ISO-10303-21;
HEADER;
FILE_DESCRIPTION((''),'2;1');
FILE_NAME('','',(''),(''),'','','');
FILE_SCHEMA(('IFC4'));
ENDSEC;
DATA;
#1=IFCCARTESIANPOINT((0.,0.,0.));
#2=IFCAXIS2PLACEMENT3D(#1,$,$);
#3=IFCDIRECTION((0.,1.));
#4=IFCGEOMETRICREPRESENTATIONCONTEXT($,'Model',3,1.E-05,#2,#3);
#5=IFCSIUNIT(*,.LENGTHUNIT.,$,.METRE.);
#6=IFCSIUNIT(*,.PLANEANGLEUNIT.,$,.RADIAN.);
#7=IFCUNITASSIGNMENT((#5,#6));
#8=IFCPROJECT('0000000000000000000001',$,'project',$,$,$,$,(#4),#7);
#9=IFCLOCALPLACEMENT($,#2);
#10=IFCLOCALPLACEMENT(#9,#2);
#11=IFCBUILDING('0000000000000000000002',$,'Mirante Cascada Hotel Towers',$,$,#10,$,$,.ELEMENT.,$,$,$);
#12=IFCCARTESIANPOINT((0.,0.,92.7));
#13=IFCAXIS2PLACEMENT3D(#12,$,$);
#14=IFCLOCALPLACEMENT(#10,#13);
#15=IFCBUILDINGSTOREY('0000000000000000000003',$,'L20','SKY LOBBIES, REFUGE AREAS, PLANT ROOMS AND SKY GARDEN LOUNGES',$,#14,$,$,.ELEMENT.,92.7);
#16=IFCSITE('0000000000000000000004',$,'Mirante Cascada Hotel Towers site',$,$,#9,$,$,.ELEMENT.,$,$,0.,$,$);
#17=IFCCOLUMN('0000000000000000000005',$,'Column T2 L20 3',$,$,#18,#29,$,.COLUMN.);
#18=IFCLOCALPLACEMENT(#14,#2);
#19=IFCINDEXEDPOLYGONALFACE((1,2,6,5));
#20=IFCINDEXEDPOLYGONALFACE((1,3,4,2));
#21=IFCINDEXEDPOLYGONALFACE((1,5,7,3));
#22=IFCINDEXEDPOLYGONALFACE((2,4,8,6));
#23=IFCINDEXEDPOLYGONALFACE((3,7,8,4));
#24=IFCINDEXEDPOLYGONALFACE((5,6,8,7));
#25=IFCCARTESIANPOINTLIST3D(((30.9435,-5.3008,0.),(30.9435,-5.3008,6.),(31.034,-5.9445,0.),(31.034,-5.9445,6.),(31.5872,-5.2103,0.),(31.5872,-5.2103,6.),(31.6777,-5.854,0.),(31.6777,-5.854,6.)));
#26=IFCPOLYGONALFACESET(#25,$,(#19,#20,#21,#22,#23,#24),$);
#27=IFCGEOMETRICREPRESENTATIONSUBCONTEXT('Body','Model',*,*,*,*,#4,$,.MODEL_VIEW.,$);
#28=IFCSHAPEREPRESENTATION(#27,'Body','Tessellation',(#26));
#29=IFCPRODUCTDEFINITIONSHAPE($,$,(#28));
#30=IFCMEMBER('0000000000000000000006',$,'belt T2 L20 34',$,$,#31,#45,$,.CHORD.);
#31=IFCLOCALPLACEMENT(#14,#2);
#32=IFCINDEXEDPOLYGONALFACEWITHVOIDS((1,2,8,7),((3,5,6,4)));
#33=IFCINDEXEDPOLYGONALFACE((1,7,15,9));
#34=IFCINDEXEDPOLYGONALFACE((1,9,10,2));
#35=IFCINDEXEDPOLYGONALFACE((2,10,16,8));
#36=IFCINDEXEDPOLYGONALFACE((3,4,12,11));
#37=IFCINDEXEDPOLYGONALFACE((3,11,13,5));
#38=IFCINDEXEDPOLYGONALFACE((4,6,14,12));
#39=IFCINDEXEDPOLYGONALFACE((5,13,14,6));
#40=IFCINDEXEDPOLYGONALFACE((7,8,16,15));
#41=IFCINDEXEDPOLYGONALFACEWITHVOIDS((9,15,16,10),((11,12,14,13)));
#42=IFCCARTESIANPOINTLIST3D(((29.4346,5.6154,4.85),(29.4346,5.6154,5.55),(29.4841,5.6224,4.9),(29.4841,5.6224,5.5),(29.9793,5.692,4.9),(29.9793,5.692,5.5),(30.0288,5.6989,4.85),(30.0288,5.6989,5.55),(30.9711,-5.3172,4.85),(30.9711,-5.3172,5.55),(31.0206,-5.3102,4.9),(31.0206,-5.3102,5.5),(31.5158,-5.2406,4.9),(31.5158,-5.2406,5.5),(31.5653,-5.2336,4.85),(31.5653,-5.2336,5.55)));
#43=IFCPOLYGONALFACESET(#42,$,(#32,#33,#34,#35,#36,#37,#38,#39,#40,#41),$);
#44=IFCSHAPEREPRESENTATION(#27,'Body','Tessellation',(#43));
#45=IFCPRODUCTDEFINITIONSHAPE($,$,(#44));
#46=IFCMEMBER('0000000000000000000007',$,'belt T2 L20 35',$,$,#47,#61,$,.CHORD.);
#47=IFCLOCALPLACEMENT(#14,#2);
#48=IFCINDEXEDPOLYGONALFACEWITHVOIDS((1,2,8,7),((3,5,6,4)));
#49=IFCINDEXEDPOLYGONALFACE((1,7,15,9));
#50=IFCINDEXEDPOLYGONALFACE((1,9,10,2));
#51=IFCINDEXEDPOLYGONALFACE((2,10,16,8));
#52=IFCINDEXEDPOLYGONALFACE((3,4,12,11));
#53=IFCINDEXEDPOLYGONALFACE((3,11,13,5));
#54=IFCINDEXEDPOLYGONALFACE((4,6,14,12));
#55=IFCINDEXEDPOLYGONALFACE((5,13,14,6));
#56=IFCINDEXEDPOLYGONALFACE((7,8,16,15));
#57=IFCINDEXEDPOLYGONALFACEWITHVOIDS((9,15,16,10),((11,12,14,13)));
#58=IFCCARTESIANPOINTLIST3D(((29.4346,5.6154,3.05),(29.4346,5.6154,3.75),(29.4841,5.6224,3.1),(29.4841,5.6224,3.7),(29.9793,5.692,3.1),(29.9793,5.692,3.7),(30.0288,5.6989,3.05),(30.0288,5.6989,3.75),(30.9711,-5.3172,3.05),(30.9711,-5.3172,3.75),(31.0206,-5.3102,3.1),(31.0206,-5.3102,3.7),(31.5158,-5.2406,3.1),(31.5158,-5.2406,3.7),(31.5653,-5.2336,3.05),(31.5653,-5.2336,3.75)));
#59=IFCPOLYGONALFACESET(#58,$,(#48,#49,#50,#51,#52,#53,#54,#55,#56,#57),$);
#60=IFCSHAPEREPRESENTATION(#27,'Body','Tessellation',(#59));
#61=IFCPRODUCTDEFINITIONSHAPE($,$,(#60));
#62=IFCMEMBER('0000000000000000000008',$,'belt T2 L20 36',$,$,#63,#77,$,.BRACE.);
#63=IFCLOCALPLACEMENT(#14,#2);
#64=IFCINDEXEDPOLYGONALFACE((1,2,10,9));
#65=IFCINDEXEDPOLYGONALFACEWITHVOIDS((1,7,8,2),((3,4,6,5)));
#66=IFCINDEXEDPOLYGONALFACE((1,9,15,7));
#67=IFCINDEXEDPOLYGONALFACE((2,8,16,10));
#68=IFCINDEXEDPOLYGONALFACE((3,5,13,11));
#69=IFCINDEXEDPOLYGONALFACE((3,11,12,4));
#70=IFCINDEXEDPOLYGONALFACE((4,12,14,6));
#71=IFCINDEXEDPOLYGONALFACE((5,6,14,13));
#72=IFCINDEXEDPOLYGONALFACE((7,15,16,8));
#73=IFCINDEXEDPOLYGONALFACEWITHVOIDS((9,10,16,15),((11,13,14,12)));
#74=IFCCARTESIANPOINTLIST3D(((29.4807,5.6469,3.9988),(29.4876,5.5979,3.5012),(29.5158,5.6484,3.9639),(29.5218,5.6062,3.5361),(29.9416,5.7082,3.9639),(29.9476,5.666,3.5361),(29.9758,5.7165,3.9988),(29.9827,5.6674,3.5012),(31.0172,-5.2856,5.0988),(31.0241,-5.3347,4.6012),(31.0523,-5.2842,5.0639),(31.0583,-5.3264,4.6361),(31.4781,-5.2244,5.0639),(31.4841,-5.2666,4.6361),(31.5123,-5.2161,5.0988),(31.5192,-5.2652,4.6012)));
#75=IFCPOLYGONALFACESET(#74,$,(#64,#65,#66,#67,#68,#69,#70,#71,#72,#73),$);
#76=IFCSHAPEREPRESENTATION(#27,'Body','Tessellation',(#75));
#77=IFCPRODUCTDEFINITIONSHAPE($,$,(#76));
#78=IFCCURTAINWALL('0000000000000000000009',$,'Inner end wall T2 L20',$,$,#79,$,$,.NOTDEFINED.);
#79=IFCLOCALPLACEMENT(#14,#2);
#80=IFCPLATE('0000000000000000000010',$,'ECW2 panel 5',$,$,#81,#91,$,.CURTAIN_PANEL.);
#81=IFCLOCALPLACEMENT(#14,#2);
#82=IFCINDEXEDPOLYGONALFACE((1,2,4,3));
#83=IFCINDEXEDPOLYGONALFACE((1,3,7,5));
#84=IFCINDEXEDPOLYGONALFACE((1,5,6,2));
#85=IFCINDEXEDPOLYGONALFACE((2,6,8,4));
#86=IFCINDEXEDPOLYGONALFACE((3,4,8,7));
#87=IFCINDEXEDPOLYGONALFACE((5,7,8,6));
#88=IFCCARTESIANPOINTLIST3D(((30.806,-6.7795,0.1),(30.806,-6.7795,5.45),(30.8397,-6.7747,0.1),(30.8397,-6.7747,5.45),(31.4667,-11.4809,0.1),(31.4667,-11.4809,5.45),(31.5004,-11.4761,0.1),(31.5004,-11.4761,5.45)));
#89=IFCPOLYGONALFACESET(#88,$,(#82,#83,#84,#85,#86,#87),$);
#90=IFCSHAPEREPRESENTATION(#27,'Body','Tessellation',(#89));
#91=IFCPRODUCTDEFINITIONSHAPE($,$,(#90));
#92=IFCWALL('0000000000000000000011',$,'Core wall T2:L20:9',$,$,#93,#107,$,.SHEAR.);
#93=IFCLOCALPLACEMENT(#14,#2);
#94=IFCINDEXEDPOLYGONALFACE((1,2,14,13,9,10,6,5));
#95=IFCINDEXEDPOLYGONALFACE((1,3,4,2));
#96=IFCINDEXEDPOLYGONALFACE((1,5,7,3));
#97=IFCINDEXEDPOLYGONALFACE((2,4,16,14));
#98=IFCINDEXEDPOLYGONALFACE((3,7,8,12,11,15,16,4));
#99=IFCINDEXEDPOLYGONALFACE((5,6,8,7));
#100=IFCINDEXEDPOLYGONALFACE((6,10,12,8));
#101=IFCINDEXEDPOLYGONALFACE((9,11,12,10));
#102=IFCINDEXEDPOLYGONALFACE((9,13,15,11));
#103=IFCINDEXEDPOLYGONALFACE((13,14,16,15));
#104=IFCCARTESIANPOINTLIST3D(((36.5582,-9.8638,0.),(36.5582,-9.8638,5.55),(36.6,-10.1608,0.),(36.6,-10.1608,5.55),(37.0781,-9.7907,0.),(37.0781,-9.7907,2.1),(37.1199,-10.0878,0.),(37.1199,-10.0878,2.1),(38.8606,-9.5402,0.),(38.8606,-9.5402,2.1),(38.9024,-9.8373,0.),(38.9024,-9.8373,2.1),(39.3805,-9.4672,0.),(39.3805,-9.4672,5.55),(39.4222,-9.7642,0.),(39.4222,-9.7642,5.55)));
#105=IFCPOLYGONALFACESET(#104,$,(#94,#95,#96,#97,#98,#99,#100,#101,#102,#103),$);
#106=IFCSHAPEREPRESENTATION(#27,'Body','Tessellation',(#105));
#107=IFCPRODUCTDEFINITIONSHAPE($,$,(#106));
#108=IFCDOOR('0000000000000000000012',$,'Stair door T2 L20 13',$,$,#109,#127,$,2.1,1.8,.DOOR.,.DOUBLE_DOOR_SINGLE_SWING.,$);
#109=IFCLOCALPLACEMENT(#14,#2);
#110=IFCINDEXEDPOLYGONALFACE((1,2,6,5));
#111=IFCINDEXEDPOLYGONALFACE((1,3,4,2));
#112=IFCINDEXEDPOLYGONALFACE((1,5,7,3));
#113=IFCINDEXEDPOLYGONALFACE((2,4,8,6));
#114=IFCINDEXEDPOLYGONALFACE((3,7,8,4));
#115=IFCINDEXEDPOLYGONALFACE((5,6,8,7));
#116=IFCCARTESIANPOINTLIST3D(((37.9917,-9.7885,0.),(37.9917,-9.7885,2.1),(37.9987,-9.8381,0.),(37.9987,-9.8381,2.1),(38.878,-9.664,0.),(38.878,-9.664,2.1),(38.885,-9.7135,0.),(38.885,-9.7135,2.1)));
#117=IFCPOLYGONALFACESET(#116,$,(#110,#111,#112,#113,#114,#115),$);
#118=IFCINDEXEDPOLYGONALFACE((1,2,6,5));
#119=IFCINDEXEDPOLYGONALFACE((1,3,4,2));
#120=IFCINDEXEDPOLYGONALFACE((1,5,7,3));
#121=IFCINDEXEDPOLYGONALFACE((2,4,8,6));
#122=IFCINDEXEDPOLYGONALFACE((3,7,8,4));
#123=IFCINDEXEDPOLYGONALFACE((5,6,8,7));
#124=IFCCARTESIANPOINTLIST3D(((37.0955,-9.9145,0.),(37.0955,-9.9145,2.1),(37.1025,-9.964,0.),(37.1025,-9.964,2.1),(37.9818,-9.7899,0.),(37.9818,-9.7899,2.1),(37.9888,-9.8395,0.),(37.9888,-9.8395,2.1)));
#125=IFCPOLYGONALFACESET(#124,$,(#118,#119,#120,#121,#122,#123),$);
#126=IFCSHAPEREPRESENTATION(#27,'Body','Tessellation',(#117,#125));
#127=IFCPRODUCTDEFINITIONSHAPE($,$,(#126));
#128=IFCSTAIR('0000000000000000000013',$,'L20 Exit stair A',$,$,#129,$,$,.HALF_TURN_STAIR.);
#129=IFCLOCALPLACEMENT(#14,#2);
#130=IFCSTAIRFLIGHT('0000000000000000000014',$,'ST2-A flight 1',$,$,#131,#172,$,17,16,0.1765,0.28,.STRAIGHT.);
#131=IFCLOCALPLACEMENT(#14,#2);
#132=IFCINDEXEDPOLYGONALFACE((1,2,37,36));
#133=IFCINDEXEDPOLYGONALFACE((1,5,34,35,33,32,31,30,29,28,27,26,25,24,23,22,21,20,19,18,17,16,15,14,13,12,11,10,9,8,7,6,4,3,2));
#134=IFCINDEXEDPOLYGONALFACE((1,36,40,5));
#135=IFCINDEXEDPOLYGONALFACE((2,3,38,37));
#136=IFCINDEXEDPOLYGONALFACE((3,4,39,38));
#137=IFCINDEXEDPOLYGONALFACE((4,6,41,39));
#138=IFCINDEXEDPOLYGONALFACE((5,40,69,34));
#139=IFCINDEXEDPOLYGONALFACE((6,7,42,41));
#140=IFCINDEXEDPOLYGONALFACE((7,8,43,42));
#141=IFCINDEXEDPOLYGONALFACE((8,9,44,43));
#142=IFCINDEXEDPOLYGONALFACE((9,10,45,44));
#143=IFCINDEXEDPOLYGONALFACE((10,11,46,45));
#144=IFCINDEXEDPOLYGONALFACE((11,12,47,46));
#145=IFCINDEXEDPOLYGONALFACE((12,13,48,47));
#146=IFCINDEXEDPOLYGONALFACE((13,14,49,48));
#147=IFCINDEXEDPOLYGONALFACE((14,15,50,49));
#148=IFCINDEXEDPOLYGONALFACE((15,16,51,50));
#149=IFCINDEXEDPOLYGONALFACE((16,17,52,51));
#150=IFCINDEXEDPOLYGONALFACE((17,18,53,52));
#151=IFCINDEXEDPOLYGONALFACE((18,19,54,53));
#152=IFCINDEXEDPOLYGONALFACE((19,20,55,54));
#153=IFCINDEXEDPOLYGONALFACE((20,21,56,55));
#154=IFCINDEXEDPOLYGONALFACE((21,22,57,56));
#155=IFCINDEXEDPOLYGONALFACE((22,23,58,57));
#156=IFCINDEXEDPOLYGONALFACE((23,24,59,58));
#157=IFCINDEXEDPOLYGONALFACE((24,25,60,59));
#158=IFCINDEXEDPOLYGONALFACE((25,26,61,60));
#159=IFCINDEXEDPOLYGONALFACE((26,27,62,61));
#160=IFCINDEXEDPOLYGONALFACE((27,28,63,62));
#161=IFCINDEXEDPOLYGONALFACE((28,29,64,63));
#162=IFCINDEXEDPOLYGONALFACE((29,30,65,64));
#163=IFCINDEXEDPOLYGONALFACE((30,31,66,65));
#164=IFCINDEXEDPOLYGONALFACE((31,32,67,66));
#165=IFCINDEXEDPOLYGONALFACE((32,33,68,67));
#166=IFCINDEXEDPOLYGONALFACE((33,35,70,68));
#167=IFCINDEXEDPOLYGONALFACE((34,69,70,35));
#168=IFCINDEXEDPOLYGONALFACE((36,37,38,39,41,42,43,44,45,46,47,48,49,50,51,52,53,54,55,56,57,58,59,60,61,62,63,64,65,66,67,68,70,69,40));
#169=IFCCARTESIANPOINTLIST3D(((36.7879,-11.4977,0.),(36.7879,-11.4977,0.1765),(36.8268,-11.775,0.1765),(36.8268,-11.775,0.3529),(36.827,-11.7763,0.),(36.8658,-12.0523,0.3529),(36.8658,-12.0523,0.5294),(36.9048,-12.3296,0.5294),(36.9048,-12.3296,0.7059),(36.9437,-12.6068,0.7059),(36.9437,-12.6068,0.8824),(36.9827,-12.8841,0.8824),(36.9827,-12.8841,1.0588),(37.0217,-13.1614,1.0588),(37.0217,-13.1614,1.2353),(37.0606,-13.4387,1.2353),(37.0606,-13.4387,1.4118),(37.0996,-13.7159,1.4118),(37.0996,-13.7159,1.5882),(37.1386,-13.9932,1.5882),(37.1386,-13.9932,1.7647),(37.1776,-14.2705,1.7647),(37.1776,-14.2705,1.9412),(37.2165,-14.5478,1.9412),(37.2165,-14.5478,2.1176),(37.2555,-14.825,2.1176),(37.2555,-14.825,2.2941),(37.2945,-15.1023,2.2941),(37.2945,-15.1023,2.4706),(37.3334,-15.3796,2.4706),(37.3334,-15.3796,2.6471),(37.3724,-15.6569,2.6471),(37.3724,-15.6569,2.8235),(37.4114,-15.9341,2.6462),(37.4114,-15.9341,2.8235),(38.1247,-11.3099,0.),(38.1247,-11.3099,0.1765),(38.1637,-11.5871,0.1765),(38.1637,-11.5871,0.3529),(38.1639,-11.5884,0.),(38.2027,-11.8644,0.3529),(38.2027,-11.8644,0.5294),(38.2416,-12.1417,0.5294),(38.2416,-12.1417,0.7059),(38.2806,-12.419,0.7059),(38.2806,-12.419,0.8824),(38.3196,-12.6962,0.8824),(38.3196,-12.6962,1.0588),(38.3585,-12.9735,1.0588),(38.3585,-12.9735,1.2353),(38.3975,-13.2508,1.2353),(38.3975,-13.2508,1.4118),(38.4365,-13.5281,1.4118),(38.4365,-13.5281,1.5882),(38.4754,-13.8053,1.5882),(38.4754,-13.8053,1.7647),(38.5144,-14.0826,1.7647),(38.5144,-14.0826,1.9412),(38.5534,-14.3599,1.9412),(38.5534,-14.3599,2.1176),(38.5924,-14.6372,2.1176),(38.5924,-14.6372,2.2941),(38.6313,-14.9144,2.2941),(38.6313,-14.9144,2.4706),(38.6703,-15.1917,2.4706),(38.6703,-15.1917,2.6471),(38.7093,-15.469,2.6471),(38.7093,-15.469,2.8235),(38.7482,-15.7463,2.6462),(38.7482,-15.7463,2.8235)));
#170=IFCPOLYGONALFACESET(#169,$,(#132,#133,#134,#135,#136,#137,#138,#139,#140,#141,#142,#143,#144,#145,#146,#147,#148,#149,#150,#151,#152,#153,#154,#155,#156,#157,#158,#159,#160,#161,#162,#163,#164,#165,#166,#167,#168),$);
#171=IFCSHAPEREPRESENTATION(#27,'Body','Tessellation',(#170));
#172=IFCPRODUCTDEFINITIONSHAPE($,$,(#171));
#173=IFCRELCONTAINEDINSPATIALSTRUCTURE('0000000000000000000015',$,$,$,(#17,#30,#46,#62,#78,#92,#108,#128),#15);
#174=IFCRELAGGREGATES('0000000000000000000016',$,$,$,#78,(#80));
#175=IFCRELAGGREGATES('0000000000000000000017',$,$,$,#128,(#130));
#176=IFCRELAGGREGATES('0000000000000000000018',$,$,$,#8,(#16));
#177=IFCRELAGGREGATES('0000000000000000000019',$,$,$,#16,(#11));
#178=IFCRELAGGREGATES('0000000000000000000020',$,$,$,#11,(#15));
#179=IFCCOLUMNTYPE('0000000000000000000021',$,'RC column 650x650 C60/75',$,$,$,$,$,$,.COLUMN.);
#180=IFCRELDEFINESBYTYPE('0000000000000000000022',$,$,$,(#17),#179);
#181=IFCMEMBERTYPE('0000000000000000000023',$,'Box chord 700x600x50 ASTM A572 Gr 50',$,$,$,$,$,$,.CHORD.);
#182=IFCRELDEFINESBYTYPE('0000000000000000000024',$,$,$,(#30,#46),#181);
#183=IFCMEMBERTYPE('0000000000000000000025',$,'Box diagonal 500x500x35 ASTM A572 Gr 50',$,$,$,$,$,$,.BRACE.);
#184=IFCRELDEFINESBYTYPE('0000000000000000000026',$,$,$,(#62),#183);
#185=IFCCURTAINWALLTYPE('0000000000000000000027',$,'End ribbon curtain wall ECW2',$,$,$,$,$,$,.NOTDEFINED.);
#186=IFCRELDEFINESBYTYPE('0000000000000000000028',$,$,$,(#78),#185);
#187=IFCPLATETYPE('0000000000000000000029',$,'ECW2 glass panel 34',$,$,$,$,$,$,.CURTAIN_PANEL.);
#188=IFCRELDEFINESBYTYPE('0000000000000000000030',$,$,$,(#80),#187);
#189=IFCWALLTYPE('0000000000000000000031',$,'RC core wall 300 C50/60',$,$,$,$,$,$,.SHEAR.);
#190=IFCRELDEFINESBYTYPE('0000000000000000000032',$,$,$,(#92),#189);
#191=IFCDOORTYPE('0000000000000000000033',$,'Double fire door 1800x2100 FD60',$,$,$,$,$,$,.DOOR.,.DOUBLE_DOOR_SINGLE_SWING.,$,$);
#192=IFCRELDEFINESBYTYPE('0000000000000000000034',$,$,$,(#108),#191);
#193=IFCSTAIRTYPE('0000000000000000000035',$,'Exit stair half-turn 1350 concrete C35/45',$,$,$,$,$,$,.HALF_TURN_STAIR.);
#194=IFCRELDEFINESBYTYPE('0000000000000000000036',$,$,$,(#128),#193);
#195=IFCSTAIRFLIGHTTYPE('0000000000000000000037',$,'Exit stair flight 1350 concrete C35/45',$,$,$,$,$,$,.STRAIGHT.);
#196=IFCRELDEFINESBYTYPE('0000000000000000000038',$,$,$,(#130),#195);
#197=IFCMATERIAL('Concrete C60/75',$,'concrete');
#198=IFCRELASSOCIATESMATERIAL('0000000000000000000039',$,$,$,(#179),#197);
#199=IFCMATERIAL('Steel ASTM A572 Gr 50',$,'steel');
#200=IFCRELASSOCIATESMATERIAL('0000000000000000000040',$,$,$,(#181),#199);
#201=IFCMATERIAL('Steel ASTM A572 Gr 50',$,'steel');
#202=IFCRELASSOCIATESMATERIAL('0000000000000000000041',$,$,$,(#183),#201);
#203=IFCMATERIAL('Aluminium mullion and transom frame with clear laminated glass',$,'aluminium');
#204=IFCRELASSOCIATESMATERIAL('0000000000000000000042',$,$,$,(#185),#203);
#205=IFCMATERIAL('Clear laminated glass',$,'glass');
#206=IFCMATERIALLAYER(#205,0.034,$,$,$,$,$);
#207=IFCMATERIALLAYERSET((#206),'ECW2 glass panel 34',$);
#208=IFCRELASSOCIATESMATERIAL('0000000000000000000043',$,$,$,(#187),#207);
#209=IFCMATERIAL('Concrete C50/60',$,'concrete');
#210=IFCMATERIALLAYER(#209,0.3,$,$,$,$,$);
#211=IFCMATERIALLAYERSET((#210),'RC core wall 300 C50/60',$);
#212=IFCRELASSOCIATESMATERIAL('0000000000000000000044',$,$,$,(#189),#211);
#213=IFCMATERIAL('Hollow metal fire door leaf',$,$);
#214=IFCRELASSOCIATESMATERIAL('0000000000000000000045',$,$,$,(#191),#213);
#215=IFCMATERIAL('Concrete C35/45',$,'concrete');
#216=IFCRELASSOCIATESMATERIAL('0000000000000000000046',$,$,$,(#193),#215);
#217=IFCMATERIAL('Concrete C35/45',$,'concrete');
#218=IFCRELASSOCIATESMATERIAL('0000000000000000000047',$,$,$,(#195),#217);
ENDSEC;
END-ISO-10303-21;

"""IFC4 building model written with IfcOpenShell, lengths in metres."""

from ifc_helpers import new_model, si_unit, direction, frame, frame_2d, origin, origin_2d, place, context, subcontext, project, spatial, polyline, rectangle, hollow_rectangle, outline, extrude, material, layer, layer_set, material_profile, profile_set, type_object, element, fill, aggregate, save


model = new_model("IFC4")

# Units and contexts
model_context = context("Model", 3, precision=1e-05, world=origin(), true_north=direction((0.0, 1.0)))
body_context = subcontext(model_context, "Body", "Model", "MODEL_VIEW")
ifc_project = project(units=[si_unit("LENGTHUNIT", "METRE"), si_unit("PLANEANGLEUNIT", "RADIAN")], contexts=[model_context])

# Site, building, storey
site_placement = place(None, origin())
site = spatial("IfcSite", under=ifc_project, at=site_placement, Name="Mirante Cascada Hotel Towers site", CompositionType="ELEMENT", RefElevation=0.0)
building_placement = place(site_placement, origin())
building = spatial("IfcBuilding", under=site, at=building_placement, Name="Mirante Cascada Hotel Towers", CompositionType="ELEMENT")
storey_placement = place(building_placement, frame((0.0, 0.0, 92.7)))
storey = spatial("IfcBuildingStorey", under=building, at=storey_placement, Name="L20", Description="SKY LOBBIES, REFUGE AREAS, PLANT ROOMS AND SKY GARDEN LOUNGES", CompositionType="ELEMENT", Elevation=92.7)

# Column
ifc_material_1 = material(Name="Concrete C60/75", Category="concrete")
ifc_material_profile_1 = material_profile(ifc_material_1, rectangle(XDim=0.65, YDim=0.65, at=origin_2d()), Name="RC column 650x650 C60/75")
ifc_profile_set_1 = profile_set([ifc_material_profile_1], Name="Concrete C60/75")
column_type = type_object("IfcColumnType", Name="RC column 650x650 C60/75", PredefinedType="COLUMN", material=ifc_profile_set_1)
column_placement = place(storey_placement, frame((31.3106, -5.5774, 0.0), z_axis=(0.0, 0.0, 1.0), x_axis=(0.990268, 0.139173, 0.0)))
element("IfcColumn", 1, at=column_placement, inside=storey, type_object=column_type, Name="Column T2 L20 3", PredefinedType="COLUMN", context=body_context, shape_type="SweptSolid", body=[
    extrude(rectangle(XDim=0.65, YDim=0.65, at=origin_2d()), origin(), (0.0, 0.0, 1.0), 6.0),
])

# Members
ifc_material_2 = material(Name="Steel ASTM A572 Gr 50", Category="steel")
ifc_material_profile_2 = material_profile(ifc_material_2, hollow_rectangle(XDim=0.6, YDim=0.7, WallThickness=0.05, at=origin_2d()), Name="Box chord 700x600x50 ASTM A572 Gr 50")
ifc_profile_set_2 = profile_set([ifc_material_profile_2], Name="Steel ASTM A572 Gr 50")
member_type_1 = type_object("IfcMemberType", Name="Box chord 700x600x50 ASTM A572 Gr 50", PredefinedType="CHORD", material=ifc_profile_set_2)
for number, where, z_axis, x_axis, name in (
    (2, (31.2682, -5.2754, 5.2), (-0.139175, 0.990268, 0.0), (-0.990268, -0.139175, 0.0), "belt T2 L20 34"),
    (3, (31.2682, -5.2754, 3.4), (-0.139175, 0.990268, 0.0), (-0.990268, -0.139175, 0.0), "belt T2 L20 35"),
):
    element("IfcMember", number, at=place(storey_placement, frame(where, z_axis=z_axis, x_axis=x_axis)), inside=storey, type_object=member_type_1, Name=name, PredefinedType="CHORD", context=body_context, shape_type="SweptSolid", body=[
        extrude(hollow_rectangle(XDim=0.6, YDim=0.7, WallThickness=0.05, at=origin_2d()), origin(), (0.0, 0.0, 1.0), 11.04),
    ])
ifc_material_3 = material(Name="Steel ASTM A572 Gr 50", Category="steel")
ifc_material_profile_3 = material_profile(ifc_material_3, hollow_rectangle(XDim=0.5, YDim=0.5, WallThickness=0.035, at=origin_2d()), Name="Box diagonal 500x500x35 ASTM A572 Gr 50")
ifc_profile_set_3 = profile_set([ifc_material_profile_3], Name="Steel ASTM A572 Gr 50")
member_type_2 = type_object("IfcMemberType", Name="Box diagonal 500x500x35 ASTM A572 Gr 50", PredefinedType="BRACE", material=ifc_profile_set_3)
member_placement = place(storey_placement, frame((31.2682, -5.2754, 4.85), z_axis=(-0.138489, 0.985389, -0.099146), x_axis=(-0.990268, -0.139175, 0.0)))
element("IfcMember", 4, at=member_placement, inside=storey, type_object=member_type_2, Name="belt T2 L20 36", PredefinedType="BRACE", context=body_context, shape_type="SweptSolid", body=[
    extrude(hollow_rectangle(XDim=0.5, YDim=0.5, WallThickness=0.035, at=origin_2d()), origin(), (0.0, 0.0, 1.0), 11.0947),
])

# Curtain wall, plate
ifc_material_4 = material(Name="Aluminium mullion and transom frame with clear laminated glass", Category="aluminium")
curtain_wall_type = type_object("IfcCurtainWallType", Name="End ribbon curtain wall ECW2", PredefinedType="NOTDEFINED", material=ifc_material_4)
curtain_wall_placement = place(storey_placement, origin())
curtain_wall = element("IfcCurtainWall", 5, at=curtain_wall_placement, inside=storey, type_object=curtain_wall_type, Name="Inner end wall T2 L20", PredefinedType="NOTDEFINED")
ifc_material_5 = material(Name="Clear laminated glass", Category="glass")
ifc_layer_1 = layer(ifc_material_5, 0.034)
ifc_layer_set_1 = layer_set([ifc_layer_1], Name="ECW2 glass panel 34")
plate_type = type_object("IfcPlateType", Name="ECW2 glass panel 34", PredefinedType="CURTAIN_PANEL", material=ifc_layer_set_1)
plate_placement = place(storey_placement, frame((31.1532, -9.1278, 0.1), z_axis=(0.0, 0.0, 1.0), x_axis=(0.139173, -0.990268, 0.0)))
plate = element("IfcPlate", 6, at=plate_placement, type_object=plate_type, Name="ECW2 panel 5", PredefinedType="CURTAIN_PANEL", context=body_context, shape_type="SweptSolid", body=[
    extrude(rectangle(XDim=4.7476, YDim=0.034, at=origin_2d()), origin(), (0.0, 0.0, 1.0), 5.35),
])
aggregate(curtain_wall, [plate])

# Wall, opening, door
ifc_material_6 = material(Name="Concrete C50/60", Category="concrete")
ifc_layer_2 = layer(ifc_material_6, 0.3)
ifc_layer_set_2 = layer_set([ifc_layer_2], Name="RC core wall 300 C50/60")
wall_type_1 = type_object("IfcWallType", Name="RC core wall 300 C50/60", PredefinedType="SHEAR", material=ifc_layer_set_2)
wall_1_placement = place(storey_placement, frame((36.5791, -10.0123, 0.0), z_axis=(0.0, 0.0, 1.0), x_axis=(0.99027, 0.139156, 0.0)))
wall_1 = element("IfcWall", 7, at=wall_1_placement, inside=storey, type_object=wall_type_1, Name="Core wall T2:L20:9", PredefinedType="SHEAR", context=body_context, shape_type="SweptSolid", body=[
    extrude(rectangle(XDim=2.85, YDim=0.3, at=frame_2d((1.425, 0.0))), origin(), (0.0, 0.0, 1.0), 5.55),
])
opening_1_placement = place(wall_1_placement, frame((0.525, 0.0, 0.0)))
opening_1 = element("IfcOpeningElement", 8, at=opening_1_placement, cuts=wall_1, PredefinedType="OPENING", context=body_context, shape_type="SweptSolid", body=[
    extrude(rectangle(XDim=1.8, YDim=2.1, at=frame_2d((0.9, 1.05))), frame((0.0, 0.15, 0.0), z_axis=(0.0, -1.0, 0.0), x_axis=(1.0, 0.0, 0.0)), (0.0, 0.0, 1.0), 0.3),
])
ifc_material_7 = material(Name="Hollow metal fire door leaf")
door_type_1 = type_object("IfcDoorType", Name="Double fire door 1800x2100 FD60", OperationType="DOUBLE_DOOR_SINGLE_SWING", PredefinedType="DOOR", material=ifc_material_7)
door_1_placement = place(opening_1_placement, frame((1.8, 0.0, 0.0), z_axis=(0.0, 0.0, 1.0), x_axis=(-1.0, 0.0, 0.0)))
door_1 = element("IfcDoor", 9, at=door_1_placement, inside=storey, type_object=door_type_1, Name="Stair door T2 L20 13", OperationType="DOUBLE_DOOR_SINGLE_SWING", OverallHeight=2.1, OverallWidth=1.8, PredefinedType="DOOR", context=body_context, shape_type="SweptSolid", body=[
    extrude(rectangle(XDim=0.895, YDim=2.1, at=frame_2d((0.4475, 1.05))), frame((0.0, 0.025, 0.0), z_axis=(0.0, -1.0, 0.0), x_axis=(1.0, 0.0, 0.0)), (0.0, 0.0, 1.0), 0.05),
    extrude(rectangle(XDim=0.895, YDim=2.1, at=frame_2d((1.3525, 1.05))), frame((0.0, 0.025, 0.0), z_axis=(0.0, -1.0, 0.0), x_axis=(1.0, 0.0, 0.0)), (0.0, 0.0, 1.0), 0.05),
])
fill(opening_1, door_1)

# Stair, stair flight
ifc_material_8 = material(Name="Concrete C35/45", Category="concrete")
stair_type = type_object("IfcStairType", Name="Exit stair half-turn 1350 concrete C35/45", PredefinedType="HALF_TURN_STAIR", material=ifc_material_8)
stair_placement = place(storey_placement, origin())
stair = element("IfcStair", 10, at=stair_placement, inside=storey, type_object=stair_type, Name="L20 Exit stair A", PredefinedType="HALF_TURN_STAIR")
ifc_material_9 = material(Name="Concrete C35/45", Category="concrete")
stair_flight_type = type_object("IfcStairFlightType", Name="Exit stair flight 1350 concrete C35/45", PredefinedType="STRAIGHT", material=ifc_material_9)
stair_flight_placement = place(storey_placement, frame((37.4563, -11.4038, 0.0), z_axis=(0.0, 0.0, 1.0), x_axis=(0.139173, -0.990268, 0.0)))
stair_flight = element("IfcStairFlight", 11, at=stair_flight_placement, type_object=stair_flight_type, Name="ST2-A flight 1", NumberOfRisers=17, NumberOfTreads=16, PredefinedType="STRAIGHT", RiserHeight=0.1765, TreadLength=0.28, context=body_context, shape_type="SweptSolid", body=[
    extrude(outline(polyline([(0.0, 0.0), (0.0, 0.1765), (0.28, 0.1765), (0.28, 0.3529), (0.56, 0.3529), (0.56, 0.5294), (0.84, 0.5294), (0.84, 0.7059), (1.12, 0.7059), (1.12, 0.8824), (1.4, 0.8824), (1.4, 1.0588), (1.68, 1.0588), (1.68, 1.2353), (1.96, 1.2353), (1.96, 1.4118), (2.24, 1.4118), (2.24, 1.5882), (2.52, 1.5882), (2.52, 1.7647), (2.8, 1.7647), (2.8, 1.9412), (3.08, 1.9412), (3.08, 2.1176), (3.36, 2.1176), (3.36, 2.2941), (3.64, 2.2941), (3.64, 2.4706), (3.92, 2.4706), (3.92, 2.6471), (4.2, 2.6471), (4.2, 2.8235), (4.48, 2.8235), (4.48, 3.0), (4.48, 2.6462), (0.2813, 0.0), (0.0, 0.0)])), frame((0.0, 0.675, 0.0), z_axis=(0.0, -1.0, 0.0), x_axis=(1.0, 0.0, 0.0)), (0.0, 0.0, 1.0), 1.35),
])
aggregate(stair, [stair_flight])

save(model, "model.ifc")
